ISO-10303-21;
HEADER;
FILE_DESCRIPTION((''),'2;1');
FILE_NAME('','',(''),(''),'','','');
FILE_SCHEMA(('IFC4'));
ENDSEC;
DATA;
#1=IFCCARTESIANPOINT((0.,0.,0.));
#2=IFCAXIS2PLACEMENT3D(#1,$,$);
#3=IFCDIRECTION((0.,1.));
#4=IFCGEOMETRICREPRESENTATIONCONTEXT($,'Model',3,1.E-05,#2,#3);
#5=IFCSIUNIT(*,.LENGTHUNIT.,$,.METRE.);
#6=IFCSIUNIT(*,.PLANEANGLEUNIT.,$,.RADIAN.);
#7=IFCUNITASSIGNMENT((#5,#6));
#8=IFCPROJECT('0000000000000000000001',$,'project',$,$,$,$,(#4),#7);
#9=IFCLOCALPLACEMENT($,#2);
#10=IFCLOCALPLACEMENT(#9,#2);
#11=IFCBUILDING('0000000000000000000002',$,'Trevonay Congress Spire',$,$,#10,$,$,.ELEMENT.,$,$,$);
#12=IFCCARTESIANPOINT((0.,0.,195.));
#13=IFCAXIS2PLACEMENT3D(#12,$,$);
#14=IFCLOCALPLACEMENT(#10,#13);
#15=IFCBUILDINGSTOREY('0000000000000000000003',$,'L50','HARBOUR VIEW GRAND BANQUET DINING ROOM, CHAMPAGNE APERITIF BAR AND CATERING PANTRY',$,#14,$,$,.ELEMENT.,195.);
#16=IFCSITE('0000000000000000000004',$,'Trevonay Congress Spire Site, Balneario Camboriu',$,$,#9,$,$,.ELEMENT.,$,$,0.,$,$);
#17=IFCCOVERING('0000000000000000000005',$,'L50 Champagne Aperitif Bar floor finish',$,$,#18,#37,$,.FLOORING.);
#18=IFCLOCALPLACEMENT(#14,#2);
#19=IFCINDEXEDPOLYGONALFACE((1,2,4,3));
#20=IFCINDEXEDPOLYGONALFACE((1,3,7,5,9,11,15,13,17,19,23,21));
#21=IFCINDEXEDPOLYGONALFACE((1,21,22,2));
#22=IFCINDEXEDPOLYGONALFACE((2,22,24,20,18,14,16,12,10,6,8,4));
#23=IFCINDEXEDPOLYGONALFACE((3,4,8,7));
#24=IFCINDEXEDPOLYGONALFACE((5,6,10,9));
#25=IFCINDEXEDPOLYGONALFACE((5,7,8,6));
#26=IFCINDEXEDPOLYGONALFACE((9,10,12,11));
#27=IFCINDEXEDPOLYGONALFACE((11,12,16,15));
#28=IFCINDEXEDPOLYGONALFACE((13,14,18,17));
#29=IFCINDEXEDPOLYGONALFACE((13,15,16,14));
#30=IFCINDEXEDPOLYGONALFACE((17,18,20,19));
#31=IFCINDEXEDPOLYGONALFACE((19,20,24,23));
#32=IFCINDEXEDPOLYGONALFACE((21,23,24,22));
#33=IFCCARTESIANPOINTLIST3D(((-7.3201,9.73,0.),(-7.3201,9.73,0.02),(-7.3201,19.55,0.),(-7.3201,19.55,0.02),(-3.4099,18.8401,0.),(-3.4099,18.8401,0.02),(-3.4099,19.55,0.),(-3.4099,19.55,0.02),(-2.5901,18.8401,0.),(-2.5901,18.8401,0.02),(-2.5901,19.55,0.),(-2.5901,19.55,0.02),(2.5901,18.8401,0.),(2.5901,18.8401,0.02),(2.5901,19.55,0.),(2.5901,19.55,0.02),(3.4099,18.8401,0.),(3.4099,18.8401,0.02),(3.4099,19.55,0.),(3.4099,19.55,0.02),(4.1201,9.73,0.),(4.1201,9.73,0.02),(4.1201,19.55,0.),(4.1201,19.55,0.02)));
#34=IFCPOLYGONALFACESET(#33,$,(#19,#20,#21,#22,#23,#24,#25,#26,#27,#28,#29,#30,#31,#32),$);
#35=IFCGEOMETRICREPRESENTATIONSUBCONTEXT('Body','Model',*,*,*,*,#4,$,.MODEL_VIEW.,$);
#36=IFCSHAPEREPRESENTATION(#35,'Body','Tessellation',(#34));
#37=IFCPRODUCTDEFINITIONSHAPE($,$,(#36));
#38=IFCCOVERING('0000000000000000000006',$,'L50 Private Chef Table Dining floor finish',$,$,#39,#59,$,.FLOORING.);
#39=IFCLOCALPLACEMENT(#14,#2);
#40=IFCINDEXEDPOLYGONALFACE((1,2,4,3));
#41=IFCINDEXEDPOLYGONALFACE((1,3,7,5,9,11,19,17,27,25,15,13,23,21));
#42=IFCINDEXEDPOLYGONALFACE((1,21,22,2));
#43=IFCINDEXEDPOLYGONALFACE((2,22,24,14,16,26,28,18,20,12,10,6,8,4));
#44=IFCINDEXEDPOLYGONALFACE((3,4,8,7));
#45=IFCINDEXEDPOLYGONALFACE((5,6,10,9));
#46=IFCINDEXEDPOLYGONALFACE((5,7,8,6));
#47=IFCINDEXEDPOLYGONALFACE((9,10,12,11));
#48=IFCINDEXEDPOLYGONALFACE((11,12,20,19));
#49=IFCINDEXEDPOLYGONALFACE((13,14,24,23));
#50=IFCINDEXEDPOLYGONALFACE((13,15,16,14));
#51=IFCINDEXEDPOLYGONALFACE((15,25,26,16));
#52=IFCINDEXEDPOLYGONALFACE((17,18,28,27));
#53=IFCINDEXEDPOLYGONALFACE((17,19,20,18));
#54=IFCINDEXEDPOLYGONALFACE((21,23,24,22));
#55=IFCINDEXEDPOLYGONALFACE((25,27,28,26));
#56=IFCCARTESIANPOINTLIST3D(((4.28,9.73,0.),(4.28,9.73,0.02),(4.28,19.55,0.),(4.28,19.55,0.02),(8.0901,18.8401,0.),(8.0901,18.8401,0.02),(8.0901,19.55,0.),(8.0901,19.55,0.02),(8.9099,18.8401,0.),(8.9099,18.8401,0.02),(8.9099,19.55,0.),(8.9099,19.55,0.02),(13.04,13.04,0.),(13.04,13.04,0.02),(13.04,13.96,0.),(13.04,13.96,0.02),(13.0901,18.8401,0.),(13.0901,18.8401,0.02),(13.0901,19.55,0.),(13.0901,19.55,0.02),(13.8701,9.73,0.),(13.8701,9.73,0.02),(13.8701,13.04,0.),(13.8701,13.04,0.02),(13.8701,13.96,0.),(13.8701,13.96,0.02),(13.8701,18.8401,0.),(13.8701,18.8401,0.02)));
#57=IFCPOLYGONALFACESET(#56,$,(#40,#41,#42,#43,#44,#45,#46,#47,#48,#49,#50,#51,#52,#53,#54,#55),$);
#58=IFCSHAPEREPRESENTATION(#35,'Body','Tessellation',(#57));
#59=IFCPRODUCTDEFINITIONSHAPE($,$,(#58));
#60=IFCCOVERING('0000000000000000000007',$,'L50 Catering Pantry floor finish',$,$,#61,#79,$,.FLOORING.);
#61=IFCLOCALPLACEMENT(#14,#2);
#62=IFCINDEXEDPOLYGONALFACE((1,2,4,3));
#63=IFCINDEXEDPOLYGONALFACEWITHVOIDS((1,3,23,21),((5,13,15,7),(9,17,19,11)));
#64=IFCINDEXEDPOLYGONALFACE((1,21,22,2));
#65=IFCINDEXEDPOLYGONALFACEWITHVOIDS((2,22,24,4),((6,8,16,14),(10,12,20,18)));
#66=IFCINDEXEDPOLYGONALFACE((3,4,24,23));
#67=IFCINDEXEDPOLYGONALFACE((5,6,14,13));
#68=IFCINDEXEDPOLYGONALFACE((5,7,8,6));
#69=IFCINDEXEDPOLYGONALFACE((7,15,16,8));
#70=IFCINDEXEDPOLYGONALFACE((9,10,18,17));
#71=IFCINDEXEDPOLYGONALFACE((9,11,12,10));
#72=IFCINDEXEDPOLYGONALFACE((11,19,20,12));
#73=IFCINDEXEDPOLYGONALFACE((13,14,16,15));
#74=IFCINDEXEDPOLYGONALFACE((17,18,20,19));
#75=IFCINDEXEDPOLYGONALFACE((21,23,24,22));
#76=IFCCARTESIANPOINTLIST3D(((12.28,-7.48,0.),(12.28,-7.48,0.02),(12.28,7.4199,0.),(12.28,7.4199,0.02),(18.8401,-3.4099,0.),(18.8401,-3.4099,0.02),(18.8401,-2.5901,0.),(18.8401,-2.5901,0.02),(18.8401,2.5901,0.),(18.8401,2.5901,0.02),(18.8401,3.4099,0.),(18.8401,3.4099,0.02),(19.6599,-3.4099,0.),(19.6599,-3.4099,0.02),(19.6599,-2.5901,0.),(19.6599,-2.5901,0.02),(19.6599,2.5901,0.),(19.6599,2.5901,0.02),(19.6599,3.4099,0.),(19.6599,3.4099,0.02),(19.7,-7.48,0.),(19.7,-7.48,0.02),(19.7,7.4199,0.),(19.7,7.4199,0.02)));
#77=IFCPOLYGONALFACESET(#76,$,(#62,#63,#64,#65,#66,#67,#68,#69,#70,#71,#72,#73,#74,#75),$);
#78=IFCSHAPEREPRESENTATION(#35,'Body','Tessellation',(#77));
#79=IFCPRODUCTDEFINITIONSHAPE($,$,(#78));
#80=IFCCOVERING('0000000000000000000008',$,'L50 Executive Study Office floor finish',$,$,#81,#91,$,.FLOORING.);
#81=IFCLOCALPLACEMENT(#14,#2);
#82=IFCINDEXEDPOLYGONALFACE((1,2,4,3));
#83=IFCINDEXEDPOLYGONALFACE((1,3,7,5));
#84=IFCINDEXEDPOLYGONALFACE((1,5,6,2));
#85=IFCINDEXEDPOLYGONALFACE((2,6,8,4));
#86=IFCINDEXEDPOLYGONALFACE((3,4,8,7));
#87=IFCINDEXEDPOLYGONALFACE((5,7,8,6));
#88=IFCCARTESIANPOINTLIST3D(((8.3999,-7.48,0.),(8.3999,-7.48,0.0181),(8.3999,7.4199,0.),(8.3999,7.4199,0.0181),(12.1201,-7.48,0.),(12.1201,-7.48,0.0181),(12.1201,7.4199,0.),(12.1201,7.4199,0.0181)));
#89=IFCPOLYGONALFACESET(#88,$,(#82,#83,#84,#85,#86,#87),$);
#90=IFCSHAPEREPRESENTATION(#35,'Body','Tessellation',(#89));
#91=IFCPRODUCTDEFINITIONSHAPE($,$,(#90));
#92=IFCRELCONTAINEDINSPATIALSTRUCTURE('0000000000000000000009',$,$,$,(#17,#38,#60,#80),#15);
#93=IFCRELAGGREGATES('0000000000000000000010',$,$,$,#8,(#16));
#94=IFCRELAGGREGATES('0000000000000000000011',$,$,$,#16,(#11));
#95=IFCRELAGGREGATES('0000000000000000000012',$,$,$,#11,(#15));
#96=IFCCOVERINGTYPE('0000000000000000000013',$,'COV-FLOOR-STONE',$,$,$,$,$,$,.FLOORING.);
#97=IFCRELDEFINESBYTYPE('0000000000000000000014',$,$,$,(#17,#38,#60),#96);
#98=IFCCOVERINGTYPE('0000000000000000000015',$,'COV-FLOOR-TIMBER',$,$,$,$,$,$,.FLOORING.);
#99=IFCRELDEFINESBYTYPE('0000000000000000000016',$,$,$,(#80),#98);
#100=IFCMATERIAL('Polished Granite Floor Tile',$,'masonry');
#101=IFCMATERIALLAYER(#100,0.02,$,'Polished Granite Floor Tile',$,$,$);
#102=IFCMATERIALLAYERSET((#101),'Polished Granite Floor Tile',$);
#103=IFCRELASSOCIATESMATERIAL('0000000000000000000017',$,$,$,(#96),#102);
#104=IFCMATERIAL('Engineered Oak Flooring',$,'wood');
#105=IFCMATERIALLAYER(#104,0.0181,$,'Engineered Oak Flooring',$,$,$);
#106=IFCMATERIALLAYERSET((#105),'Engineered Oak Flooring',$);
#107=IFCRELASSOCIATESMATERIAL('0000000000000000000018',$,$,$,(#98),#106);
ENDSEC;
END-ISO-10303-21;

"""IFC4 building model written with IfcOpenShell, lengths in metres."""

from ifc_helpers import new_model, si_unit, direction, frame, origin, place, context, subcontext, project, spatial, polyline, outline, extrude, material, layer, layer_set, type_object, element, save


model = new_model("IFC4")

# Units and contexts
model_context = context("Model", 3, precision=1e-05, world=origin(), true_north=direction((0.0, 1.0)))
body_context = subcontext(model_context, "Body", "Model", "MODEL_VIEW")
ifc_project = project(units=[si_unit("LENGTHUNIT", "METRE"), si_unit("PLANEANGLEUNIT", "RADIAN")], contexts=[model_context])

# Site, building, storey
site_placement = place(None, origin())
site = spatial("IfcSite", under=ifc_project, at=site_placement, Name="Trevonay Congress Spire Site, Balneario Camboriu", CompositionType="ELEMENT", RefElevation=0.0)
building_placement = place(site_placement, origin())
building = spatial("IfcBuilding", under=site, at=building_placement, Name="Trevonay Congress Spire", CompositionType="ELEMENT")
storey_placement = place(building_placement, frame((0.0, 0.0, 195.0)))
storey = spatial("IfcBuildingStorey", under=building, at=storey_placement, Name="L50", Description="HARBOUR VIEW GRAND BANQUET DINING ROOM, CHAMPAGNE APERITIF BAR AND CATERING PANTRY", CompositionType="ELEMENT", Elevation=195.0)

# Coverings
ifc_material_1 = material(Name="Polished Granite Floor Tile", Category="masonry")
ifc_layer_1 = layer(ifc_material_1, 0.02, Name="Polished Granite Floor Tile")
ifc_layer_set_1 = layer_set([ifc_layer_1], Name="Polished Granite Floor Tile")
covering_type_1 = type_object("IfcCoveringType", Name="COV-FLOOR-STONE", PredefinedType="FLOORING", material=ifc_layer_set_1)
covering_1_placement = place(storey_placement, origin())
element("IfcCovering", 1, at=covering_1_placement, inside=storey, type_object=covering_type_1, Name="L50 Champagne Aperitif Bar floor finish", PredefinedType="FLOORING", context=body_context, shape_type="SweptSolid", body=[
    extrude(outline(polyline([(4.1201, 19.55), (4.1201, 9.73), (-7.3201, 9.73), (-7.3201, 19.55), (-3.4099, 19.55), (-3.4099, 18.8401), (-2.5901, 18.8401), (-2.5901, 19.55), (2.5901, 19.55), (2.5901, 18.8401), (3.4099, 18.8401), (3.4099, 19.55), (4.1201, 19.55)])), origin(), (0.0, 0.0, 1.0), 0.02),
])
covering_2_placement = place(storey_placement, origin())
element("IfcCovering", 2, at=covering_2_placement, inside=storey, type_object=covering_type_1, Name="L50 Private Chef Table Dining floor finish", PredefinedType="FLOORING", context=body_context, shape_type="SweptSolid", body=[
    extrude(outline(polyline([(13.8701, 9.73), (4.28, 9.73), (4.28, 19.55), (8.0901, 19.55), (8.0901, 18.8401), (8.9099, 18.8401), (8.9099, 19.55), (13.0901, 19.55), (13.0901, 18.8401), (13.8701, 18.8401), (13.8701, 13.96), (13.04, 13.96), (13.04, 13.04), (13.8701, 13.04), (13.8701, 9.73)])), origin(), (0.0, 0.0, 1.0), 0.02),
])
covering_3_placement = place(storey_placement, origin())
element("IfcCovering", 3, at=covering_3_placement, inside=storey, type_object=covering_type_1, Name="L50 Catering Pantry floor finish", PredefinedType="FLOORING", context=body_context, shape_type="SweptSolid", body=[
    extrude(outline(polyline([(12.28, 7.4199), (19.7, 7.4199), (19.7, -7.48), (12.28, -7.48), (12.28, 7.4199)]), holes=[polyline([(18.8401, -3.4099), (19.6599, -3.4099), (19.6599, -2.5901), (18.8401, -2.5901), (18.8401, -3.4099)]), polyline([(18.8401, 2.5901), (19.6599, 2.5901), (19.6599, 3.4099), (18.8401, 3.4099), (18.8401, 2.5901)])]), origin(), (0.0, 0.0, 1.0), 0.02),
])
ifc_material_2 = material(Name="Engineered Oak Flooring", Category="wood")
ifc_layer_2 = layer(ifc_material_2, 0.0181, Name="Engineered Oak Flooring")
ifc_layer_set_2 = layer_set([ifc_layer_2], Name="Engineered Oak Flooring")
covering_type_2 = type_object("IfcCoveringType", Name="COV-FLOOR-TIMBER", PredefinedType="FLOORING", material=ifc_layer_set_2)
covering_4_placement = place(storey_placement, origin())
element("IfcCovering", 4, at=covering_4_placement, inside=storey, type_object=covering_type_2, Name="L50 Executive Study Office floor finish", PredefinedType="FLOORING", context=body_context, shape_type="SweptSolid", body=[
    extrude(outline(polyline([(8.3999, -7.48), (12.1201, -7.48), (12.1201, 7.4199), (8.3999, 7.4199), (8.3999, -7.48)])), origin(), (0.0, 0.0, 1.0), 0.0181),
])

save(model, "model.ifc")
